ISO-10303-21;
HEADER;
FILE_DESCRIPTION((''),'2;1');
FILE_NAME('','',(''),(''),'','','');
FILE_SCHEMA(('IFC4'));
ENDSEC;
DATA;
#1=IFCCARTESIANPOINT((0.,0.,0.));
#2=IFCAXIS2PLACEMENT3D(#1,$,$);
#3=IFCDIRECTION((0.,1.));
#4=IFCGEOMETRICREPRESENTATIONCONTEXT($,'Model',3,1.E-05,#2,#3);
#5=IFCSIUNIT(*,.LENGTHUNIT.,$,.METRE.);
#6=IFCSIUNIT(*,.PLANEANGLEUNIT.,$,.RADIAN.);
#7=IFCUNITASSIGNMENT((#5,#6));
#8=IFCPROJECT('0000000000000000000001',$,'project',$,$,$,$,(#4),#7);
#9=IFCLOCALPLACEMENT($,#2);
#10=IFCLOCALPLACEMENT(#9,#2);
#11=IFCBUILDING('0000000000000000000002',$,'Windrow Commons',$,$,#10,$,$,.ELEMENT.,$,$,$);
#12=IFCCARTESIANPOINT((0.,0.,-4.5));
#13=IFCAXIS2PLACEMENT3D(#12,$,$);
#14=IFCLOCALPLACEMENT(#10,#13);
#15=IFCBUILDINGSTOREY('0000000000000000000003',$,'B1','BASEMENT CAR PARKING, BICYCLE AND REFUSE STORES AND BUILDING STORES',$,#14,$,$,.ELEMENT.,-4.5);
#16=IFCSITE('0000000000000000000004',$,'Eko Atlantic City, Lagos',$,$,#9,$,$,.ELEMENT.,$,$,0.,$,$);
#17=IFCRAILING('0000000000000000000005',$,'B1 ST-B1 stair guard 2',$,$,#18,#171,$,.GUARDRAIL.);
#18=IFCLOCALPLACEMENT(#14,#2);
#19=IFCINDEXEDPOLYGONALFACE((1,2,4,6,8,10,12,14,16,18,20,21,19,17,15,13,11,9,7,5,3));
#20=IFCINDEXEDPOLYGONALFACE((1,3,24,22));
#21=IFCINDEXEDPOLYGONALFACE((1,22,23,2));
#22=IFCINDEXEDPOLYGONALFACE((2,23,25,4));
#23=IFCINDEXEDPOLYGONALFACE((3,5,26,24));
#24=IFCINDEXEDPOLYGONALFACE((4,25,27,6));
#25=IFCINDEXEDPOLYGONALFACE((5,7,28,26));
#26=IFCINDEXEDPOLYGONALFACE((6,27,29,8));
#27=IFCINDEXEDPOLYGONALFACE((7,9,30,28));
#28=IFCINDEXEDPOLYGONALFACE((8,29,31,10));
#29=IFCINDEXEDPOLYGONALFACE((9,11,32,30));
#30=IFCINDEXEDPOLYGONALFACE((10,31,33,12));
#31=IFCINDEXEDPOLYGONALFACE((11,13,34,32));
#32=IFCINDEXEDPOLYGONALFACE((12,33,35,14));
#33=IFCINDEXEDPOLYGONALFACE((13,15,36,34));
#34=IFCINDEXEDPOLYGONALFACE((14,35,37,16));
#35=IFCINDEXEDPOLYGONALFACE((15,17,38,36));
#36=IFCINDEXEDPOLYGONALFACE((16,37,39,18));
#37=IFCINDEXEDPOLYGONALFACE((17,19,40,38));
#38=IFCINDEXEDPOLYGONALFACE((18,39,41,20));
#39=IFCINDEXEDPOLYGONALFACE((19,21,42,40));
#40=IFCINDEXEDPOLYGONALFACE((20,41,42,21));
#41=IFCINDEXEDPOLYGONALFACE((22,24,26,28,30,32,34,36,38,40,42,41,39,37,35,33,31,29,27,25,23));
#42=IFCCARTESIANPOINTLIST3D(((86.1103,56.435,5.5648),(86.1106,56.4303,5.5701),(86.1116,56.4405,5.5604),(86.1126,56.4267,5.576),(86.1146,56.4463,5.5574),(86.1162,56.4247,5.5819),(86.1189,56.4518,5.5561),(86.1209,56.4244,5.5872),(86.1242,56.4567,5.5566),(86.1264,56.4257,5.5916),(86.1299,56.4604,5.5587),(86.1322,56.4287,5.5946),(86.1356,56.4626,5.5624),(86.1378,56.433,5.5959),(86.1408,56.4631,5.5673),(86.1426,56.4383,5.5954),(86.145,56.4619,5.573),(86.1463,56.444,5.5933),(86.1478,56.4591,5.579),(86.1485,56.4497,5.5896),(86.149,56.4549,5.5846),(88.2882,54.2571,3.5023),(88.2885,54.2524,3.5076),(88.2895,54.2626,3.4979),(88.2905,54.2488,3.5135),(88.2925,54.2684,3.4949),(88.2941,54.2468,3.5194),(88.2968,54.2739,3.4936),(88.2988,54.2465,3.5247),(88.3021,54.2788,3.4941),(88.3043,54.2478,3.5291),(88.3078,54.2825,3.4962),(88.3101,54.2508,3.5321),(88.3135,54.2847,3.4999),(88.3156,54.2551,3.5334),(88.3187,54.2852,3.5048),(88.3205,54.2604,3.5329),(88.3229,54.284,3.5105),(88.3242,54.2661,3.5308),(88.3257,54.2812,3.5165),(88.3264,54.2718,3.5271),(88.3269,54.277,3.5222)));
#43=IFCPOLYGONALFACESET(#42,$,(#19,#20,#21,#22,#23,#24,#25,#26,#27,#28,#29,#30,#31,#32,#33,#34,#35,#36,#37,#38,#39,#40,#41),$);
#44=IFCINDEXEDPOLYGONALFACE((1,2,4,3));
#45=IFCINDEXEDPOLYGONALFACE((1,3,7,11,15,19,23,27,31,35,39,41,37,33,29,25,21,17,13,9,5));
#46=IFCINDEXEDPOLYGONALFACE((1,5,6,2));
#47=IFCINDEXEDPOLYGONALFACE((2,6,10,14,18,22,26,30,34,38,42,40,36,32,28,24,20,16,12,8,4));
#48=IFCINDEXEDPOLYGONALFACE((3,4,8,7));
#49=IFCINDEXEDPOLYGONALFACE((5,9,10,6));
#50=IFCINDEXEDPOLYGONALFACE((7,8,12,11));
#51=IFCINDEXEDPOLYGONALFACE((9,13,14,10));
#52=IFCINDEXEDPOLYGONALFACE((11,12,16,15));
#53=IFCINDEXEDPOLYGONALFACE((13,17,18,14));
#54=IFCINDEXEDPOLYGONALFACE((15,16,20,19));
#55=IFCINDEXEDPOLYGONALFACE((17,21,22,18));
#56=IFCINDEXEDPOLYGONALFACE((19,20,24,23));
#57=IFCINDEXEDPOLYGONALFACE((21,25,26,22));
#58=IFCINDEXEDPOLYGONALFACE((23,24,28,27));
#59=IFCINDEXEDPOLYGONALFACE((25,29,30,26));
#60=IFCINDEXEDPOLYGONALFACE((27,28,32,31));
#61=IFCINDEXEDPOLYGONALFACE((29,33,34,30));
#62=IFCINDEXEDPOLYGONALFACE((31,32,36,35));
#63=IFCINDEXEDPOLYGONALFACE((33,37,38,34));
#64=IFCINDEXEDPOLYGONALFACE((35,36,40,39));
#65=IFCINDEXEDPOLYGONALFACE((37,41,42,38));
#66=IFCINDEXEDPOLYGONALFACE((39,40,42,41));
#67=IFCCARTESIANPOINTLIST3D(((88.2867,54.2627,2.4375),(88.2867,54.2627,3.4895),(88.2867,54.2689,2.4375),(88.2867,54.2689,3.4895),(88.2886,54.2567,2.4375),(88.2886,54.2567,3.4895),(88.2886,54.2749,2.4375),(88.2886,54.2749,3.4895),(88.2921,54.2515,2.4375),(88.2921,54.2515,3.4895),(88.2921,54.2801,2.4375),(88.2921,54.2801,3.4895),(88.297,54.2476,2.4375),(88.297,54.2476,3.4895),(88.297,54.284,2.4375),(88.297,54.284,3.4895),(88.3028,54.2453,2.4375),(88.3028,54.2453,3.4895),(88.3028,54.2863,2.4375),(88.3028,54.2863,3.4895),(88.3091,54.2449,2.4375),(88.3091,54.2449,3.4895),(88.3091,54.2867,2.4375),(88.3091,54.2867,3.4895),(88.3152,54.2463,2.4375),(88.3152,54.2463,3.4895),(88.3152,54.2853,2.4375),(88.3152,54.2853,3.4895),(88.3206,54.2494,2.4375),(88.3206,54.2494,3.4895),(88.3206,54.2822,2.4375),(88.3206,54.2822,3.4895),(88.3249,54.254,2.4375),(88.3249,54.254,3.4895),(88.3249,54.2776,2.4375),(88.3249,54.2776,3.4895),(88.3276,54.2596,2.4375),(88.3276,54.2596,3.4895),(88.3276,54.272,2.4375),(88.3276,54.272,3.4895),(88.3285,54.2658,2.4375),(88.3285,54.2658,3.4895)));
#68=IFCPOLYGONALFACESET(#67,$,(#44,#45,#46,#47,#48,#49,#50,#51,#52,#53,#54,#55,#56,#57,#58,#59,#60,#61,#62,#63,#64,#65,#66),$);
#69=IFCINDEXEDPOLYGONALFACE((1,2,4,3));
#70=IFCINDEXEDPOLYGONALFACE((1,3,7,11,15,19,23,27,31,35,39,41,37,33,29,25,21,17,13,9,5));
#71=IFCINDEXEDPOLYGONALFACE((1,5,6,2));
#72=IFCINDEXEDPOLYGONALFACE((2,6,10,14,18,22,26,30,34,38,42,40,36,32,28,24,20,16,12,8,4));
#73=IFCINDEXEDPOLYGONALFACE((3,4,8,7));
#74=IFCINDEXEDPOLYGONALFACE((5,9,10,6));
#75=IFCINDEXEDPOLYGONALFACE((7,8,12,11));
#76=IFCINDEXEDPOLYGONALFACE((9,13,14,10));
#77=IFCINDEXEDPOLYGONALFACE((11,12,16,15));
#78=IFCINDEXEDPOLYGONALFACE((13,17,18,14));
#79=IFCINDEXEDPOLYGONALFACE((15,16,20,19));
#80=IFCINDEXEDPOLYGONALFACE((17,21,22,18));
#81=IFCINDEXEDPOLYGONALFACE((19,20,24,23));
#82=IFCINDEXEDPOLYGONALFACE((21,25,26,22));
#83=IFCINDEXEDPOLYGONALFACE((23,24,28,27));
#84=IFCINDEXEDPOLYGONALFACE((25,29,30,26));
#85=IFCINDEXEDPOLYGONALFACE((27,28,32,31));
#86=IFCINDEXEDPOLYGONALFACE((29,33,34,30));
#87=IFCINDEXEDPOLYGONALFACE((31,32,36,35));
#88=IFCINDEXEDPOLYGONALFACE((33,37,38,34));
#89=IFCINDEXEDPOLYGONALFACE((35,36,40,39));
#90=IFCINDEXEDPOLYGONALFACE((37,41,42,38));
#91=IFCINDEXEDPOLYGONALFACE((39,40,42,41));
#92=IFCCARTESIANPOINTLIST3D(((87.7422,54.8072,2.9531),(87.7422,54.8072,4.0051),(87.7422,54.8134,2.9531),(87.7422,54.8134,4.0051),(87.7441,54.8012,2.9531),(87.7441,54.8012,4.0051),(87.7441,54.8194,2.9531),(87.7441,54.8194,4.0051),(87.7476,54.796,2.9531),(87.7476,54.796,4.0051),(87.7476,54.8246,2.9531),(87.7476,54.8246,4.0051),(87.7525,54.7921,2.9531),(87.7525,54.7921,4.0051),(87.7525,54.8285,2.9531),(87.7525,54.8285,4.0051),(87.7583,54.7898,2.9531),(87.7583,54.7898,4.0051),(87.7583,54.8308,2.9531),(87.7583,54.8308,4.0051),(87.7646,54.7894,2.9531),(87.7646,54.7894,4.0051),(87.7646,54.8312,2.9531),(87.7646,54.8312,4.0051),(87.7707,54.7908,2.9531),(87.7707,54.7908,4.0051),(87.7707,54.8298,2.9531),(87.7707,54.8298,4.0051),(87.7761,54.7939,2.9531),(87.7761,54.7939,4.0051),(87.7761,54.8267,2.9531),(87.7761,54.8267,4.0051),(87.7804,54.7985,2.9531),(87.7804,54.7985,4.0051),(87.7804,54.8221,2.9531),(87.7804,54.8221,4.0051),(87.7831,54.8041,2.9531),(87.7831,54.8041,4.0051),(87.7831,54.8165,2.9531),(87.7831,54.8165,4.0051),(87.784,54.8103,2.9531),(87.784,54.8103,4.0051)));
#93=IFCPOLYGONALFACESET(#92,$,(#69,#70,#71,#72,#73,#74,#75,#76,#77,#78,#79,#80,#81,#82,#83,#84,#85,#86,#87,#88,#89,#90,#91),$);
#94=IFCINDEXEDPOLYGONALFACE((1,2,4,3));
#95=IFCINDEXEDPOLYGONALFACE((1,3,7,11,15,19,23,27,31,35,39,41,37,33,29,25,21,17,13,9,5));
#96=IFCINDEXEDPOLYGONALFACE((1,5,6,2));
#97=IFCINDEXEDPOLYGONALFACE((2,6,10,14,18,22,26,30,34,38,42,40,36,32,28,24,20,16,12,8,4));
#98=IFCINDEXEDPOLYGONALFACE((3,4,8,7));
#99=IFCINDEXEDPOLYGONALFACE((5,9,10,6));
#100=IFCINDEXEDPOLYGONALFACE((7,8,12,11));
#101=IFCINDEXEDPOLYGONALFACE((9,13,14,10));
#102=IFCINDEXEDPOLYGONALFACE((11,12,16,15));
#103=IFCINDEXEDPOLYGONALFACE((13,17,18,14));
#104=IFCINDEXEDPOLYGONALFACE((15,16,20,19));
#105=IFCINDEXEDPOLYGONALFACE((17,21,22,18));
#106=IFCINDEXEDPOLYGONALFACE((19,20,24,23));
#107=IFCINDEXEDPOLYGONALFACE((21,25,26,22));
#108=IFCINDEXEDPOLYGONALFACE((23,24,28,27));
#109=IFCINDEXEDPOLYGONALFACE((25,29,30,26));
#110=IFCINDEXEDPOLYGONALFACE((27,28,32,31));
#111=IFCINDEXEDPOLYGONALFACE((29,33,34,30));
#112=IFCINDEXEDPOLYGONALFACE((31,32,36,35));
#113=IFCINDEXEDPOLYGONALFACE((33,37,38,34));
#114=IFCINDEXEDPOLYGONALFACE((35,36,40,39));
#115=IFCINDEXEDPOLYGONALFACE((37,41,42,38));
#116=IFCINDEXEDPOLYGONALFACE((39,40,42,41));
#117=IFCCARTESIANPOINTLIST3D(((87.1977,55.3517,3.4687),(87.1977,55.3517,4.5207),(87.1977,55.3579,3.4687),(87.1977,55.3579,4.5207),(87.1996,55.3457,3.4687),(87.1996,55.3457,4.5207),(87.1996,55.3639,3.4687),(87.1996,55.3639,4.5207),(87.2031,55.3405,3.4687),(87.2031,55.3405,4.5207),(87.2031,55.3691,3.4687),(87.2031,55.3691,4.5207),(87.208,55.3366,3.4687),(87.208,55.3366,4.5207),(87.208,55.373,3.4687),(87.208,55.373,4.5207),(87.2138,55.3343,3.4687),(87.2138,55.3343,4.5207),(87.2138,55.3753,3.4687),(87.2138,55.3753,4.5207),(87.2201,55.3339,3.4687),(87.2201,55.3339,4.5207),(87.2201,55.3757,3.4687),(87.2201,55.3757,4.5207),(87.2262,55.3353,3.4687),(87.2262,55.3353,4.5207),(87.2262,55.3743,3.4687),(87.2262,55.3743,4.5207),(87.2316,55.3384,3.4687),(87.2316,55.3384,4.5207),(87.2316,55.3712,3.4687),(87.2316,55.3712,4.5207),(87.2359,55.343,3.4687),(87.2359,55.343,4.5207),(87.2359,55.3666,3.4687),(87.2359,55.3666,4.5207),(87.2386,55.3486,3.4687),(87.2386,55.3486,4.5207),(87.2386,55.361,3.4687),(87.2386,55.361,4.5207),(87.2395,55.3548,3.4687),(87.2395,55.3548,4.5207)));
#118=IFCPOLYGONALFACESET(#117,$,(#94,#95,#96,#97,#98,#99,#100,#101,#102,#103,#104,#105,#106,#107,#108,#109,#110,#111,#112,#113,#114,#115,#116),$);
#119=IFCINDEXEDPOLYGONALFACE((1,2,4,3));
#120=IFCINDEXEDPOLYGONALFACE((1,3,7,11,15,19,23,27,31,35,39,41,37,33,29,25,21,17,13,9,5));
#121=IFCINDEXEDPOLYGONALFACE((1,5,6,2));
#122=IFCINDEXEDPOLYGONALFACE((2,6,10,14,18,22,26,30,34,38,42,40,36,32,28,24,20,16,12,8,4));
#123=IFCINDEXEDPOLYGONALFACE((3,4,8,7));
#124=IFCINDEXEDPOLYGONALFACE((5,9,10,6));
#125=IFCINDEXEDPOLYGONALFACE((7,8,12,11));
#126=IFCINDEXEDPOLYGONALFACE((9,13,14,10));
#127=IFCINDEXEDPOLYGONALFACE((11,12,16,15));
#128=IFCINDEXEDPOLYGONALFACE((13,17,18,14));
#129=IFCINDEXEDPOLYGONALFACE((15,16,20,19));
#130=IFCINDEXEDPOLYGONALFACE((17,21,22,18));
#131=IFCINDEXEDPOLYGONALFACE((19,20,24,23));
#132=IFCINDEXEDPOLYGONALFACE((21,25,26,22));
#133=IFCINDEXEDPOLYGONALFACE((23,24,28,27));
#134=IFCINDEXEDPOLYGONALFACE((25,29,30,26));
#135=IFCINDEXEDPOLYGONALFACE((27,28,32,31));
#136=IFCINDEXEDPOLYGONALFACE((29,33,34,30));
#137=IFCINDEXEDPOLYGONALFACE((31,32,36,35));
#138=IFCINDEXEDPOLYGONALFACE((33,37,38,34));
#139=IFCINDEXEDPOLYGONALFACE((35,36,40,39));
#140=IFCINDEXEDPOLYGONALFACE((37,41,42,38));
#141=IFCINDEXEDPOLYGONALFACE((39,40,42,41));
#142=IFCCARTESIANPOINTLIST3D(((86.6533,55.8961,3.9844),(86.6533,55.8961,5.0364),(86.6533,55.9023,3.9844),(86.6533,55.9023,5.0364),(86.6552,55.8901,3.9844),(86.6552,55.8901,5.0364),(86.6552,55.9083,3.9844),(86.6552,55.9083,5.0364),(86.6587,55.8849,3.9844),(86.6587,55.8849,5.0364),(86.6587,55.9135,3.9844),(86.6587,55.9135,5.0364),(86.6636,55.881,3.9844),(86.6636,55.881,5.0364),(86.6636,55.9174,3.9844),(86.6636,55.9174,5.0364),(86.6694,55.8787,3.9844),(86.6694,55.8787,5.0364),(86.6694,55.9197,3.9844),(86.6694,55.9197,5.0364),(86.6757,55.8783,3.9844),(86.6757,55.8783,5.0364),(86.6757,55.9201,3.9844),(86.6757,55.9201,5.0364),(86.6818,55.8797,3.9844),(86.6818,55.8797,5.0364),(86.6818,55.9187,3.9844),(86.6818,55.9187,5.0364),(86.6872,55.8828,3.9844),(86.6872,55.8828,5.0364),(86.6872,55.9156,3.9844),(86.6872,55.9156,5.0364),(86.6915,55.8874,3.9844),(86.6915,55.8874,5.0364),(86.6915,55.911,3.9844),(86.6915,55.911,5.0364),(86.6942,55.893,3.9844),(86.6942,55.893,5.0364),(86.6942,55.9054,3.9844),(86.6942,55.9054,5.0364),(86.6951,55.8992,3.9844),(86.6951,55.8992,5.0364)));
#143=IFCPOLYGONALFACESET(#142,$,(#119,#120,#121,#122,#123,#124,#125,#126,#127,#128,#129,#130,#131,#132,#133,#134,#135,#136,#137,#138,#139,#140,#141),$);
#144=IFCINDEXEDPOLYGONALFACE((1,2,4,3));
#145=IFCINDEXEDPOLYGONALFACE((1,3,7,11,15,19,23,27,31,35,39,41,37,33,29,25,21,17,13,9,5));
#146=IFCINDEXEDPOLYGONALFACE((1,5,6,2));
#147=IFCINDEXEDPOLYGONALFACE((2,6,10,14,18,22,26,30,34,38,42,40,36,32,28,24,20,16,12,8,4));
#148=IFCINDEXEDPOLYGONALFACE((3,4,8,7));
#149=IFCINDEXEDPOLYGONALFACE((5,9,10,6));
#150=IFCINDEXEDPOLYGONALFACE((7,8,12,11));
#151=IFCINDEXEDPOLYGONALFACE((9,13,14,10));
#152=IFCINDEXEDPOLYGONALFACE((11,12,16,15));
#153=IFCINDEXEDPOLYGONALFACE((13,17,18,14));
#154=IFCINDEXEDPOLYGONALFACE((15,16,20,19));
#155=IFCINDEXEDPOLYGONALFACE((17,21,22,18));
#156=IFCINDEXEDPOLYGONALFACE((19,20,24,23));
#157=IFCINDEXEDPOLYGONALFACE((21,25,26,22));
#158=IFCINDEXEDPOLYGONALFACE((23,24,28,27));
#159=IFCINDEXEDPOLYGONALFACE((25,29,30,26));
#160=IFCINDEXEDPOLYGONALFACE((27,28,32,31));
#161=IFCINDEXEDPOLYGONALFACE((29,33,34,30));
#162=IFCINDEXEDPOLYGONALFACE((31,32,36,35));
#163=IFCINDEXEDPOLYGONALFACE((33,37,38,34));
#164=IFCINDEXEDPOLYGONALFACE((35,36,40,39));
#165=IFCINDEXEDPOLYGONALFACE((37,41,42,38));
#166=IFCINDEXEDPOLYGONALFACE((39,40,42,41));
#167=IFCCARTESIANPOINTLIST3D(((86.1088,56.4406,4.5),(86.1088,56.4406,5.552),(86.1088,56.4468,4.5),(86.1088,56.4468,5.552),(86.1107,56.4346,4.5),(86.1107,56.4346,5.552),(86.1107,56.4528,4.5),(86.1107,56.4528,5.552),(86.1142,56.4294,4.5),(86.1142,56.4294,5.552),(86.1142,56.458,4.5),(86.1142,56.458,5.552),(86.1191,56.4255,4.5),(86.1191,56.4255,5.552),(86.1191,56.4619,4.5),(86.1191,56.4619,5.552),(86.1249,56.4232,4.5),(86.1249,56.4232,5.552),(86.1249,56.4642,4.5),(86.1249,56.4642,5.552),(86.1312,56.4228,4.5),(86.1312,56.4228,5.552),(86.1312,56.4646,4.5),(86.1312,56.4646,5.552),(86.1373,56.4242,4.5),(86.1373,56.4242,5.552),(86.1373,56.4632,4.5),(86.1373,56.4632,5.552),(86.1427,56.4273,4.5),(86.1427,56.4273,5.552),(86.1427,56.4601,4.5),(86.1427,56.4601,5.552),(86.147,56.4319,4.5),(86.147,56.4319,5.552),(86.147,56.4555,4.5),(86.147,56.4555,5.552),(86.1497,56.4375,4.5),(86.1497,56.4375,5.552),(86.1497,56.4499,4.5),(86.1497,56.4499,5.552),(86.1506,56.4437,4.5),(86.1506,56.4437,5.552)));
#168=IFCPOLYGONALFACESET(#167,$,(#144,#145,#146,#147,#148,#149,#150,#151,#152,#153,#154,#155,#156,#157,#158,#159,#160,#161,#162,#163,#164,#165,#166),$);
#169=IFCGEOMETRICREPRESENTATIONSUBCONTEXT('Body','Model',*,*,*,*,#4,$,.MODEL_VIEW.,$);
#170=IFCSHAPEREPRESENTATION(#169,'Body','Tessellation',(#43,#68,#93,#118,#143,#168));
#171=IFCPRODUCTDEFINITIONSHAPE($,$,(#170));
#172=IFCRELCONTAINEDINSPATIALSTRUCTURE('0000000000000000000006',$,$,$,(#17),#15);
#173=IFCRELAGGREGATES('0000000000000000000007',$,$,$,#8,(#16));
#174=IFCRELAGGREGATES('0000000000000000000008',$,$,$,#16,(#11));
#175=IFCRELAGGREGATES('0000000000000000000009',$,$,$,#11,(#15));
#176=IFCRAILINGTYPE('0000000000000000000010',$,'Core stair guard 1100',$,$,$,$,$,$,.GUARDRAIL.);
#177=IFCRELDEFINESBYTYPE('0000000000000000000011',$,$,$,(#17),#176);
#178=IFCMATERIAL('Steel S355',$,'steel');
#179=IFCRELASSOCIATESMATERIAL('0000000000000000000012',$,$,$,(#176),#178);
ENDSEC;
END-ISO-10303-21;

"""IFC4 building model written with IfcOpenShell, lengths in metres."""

from ifc_helpers import new_model, si_unit, direction, frame, origin, origin_2d, place, context, subcontext, project, spatial, circle, extrude, material, type_object, element, save


model = new_model("IFC4")

# Units and contexts
model_context = context("Model", 3, precision=1e-05, world=origin(), true_north=direction((0.0, 1.0)))
body_context = subcontext(model_context, "Body", "Model", "MODEL_VIEW")
ifc_project = project(units=[si_unit("LENGTHUNIT", "METRE"), si_unit("PLANEANGLEUNIT", "RADIAN")], contexts=[model_context])

# Site, building, storey
site_placement = place(None, origin())
site = spatial("IfcSite", under=ifc_project, at=site_placement, Name="Eko Atlantic City, Lagos", CompositionType="ELEMENT", RefElevation=0.0)
building_placement = place(site_placement, origin())
building = spatial("IfcBuilding", under=site, at=building_placement, Name="Windrow Commons", CompositionType="ELEMENT")
storey_placement = place(building_placement, frame((0.0, 0.0, -4.5)))
storey = spatial("IfcBuildingStorey", under=building, at=storey_placement, Name="B1", Description="BASEMENT CAR PARKING, BICYCLE AND REFUSE STORES AND BUILDING STORES", CompositionType="ELEMENT", Elevation=-4.5)

# Railing
ifc_material_1 = material(Name="Steel S355", Category="steel")
railing_type_1 = type_object("IfcRailingType", Name="Core stair guard 1100", PredefinedType="GUARDRAIL", material=ifc_material_1)
railing_1_placement = place(storey_placement, frame((88.3075, 54.2658, 2.4375)))
element("IfcRailing", 1, at=railing_1_placement, inside=storey, type_object=railing_type_1, Name="B1 ST-B1 stair guard 2", PredefinedType="GUARDRAIL", context=body_context, shape_type="SweptSolid", body=[
    extrude(circle(Radius=0.024, at=origin_2d()), frame((0.0, 0.0, 1.076), z_axis=(-0.587541, 0.587541, 0.556409), x_axis=(-0.707107, -0.707107, 0.0)), (0.0, 0.0, 1.0), 3.7068),
    extrude(circle(Radius=0.021, at=origin_2d()), origin(), (0.0, 0.0, 1.0), 1.052),
    extrude(circle(Radius=0.021, at=origin_2d()), frame((-0.5445, 0.5445, 0.5156)), (0.0, 0.0, 1.0), 1.052),
    extrude(circle(Radius=0.021, at=origin_2d()), frame((-1.089, 1.089, 1.0312)), (0.0, 0.0, 1.0), 1.052),
    extrude(circle(Radius=0.021, at=origin_2d()), frame((-1.6334, 1.6334, 1.5469)), (0.0, 0.0, 1.0), 1.052),
    extrude(circle(Radius=0.021, at=origin_2d()), frame((-2.1779, 2.1779, 2.0625)), (0.0, 0.0, 1.0), 1.052),
])

save(model, "model.ifc")
